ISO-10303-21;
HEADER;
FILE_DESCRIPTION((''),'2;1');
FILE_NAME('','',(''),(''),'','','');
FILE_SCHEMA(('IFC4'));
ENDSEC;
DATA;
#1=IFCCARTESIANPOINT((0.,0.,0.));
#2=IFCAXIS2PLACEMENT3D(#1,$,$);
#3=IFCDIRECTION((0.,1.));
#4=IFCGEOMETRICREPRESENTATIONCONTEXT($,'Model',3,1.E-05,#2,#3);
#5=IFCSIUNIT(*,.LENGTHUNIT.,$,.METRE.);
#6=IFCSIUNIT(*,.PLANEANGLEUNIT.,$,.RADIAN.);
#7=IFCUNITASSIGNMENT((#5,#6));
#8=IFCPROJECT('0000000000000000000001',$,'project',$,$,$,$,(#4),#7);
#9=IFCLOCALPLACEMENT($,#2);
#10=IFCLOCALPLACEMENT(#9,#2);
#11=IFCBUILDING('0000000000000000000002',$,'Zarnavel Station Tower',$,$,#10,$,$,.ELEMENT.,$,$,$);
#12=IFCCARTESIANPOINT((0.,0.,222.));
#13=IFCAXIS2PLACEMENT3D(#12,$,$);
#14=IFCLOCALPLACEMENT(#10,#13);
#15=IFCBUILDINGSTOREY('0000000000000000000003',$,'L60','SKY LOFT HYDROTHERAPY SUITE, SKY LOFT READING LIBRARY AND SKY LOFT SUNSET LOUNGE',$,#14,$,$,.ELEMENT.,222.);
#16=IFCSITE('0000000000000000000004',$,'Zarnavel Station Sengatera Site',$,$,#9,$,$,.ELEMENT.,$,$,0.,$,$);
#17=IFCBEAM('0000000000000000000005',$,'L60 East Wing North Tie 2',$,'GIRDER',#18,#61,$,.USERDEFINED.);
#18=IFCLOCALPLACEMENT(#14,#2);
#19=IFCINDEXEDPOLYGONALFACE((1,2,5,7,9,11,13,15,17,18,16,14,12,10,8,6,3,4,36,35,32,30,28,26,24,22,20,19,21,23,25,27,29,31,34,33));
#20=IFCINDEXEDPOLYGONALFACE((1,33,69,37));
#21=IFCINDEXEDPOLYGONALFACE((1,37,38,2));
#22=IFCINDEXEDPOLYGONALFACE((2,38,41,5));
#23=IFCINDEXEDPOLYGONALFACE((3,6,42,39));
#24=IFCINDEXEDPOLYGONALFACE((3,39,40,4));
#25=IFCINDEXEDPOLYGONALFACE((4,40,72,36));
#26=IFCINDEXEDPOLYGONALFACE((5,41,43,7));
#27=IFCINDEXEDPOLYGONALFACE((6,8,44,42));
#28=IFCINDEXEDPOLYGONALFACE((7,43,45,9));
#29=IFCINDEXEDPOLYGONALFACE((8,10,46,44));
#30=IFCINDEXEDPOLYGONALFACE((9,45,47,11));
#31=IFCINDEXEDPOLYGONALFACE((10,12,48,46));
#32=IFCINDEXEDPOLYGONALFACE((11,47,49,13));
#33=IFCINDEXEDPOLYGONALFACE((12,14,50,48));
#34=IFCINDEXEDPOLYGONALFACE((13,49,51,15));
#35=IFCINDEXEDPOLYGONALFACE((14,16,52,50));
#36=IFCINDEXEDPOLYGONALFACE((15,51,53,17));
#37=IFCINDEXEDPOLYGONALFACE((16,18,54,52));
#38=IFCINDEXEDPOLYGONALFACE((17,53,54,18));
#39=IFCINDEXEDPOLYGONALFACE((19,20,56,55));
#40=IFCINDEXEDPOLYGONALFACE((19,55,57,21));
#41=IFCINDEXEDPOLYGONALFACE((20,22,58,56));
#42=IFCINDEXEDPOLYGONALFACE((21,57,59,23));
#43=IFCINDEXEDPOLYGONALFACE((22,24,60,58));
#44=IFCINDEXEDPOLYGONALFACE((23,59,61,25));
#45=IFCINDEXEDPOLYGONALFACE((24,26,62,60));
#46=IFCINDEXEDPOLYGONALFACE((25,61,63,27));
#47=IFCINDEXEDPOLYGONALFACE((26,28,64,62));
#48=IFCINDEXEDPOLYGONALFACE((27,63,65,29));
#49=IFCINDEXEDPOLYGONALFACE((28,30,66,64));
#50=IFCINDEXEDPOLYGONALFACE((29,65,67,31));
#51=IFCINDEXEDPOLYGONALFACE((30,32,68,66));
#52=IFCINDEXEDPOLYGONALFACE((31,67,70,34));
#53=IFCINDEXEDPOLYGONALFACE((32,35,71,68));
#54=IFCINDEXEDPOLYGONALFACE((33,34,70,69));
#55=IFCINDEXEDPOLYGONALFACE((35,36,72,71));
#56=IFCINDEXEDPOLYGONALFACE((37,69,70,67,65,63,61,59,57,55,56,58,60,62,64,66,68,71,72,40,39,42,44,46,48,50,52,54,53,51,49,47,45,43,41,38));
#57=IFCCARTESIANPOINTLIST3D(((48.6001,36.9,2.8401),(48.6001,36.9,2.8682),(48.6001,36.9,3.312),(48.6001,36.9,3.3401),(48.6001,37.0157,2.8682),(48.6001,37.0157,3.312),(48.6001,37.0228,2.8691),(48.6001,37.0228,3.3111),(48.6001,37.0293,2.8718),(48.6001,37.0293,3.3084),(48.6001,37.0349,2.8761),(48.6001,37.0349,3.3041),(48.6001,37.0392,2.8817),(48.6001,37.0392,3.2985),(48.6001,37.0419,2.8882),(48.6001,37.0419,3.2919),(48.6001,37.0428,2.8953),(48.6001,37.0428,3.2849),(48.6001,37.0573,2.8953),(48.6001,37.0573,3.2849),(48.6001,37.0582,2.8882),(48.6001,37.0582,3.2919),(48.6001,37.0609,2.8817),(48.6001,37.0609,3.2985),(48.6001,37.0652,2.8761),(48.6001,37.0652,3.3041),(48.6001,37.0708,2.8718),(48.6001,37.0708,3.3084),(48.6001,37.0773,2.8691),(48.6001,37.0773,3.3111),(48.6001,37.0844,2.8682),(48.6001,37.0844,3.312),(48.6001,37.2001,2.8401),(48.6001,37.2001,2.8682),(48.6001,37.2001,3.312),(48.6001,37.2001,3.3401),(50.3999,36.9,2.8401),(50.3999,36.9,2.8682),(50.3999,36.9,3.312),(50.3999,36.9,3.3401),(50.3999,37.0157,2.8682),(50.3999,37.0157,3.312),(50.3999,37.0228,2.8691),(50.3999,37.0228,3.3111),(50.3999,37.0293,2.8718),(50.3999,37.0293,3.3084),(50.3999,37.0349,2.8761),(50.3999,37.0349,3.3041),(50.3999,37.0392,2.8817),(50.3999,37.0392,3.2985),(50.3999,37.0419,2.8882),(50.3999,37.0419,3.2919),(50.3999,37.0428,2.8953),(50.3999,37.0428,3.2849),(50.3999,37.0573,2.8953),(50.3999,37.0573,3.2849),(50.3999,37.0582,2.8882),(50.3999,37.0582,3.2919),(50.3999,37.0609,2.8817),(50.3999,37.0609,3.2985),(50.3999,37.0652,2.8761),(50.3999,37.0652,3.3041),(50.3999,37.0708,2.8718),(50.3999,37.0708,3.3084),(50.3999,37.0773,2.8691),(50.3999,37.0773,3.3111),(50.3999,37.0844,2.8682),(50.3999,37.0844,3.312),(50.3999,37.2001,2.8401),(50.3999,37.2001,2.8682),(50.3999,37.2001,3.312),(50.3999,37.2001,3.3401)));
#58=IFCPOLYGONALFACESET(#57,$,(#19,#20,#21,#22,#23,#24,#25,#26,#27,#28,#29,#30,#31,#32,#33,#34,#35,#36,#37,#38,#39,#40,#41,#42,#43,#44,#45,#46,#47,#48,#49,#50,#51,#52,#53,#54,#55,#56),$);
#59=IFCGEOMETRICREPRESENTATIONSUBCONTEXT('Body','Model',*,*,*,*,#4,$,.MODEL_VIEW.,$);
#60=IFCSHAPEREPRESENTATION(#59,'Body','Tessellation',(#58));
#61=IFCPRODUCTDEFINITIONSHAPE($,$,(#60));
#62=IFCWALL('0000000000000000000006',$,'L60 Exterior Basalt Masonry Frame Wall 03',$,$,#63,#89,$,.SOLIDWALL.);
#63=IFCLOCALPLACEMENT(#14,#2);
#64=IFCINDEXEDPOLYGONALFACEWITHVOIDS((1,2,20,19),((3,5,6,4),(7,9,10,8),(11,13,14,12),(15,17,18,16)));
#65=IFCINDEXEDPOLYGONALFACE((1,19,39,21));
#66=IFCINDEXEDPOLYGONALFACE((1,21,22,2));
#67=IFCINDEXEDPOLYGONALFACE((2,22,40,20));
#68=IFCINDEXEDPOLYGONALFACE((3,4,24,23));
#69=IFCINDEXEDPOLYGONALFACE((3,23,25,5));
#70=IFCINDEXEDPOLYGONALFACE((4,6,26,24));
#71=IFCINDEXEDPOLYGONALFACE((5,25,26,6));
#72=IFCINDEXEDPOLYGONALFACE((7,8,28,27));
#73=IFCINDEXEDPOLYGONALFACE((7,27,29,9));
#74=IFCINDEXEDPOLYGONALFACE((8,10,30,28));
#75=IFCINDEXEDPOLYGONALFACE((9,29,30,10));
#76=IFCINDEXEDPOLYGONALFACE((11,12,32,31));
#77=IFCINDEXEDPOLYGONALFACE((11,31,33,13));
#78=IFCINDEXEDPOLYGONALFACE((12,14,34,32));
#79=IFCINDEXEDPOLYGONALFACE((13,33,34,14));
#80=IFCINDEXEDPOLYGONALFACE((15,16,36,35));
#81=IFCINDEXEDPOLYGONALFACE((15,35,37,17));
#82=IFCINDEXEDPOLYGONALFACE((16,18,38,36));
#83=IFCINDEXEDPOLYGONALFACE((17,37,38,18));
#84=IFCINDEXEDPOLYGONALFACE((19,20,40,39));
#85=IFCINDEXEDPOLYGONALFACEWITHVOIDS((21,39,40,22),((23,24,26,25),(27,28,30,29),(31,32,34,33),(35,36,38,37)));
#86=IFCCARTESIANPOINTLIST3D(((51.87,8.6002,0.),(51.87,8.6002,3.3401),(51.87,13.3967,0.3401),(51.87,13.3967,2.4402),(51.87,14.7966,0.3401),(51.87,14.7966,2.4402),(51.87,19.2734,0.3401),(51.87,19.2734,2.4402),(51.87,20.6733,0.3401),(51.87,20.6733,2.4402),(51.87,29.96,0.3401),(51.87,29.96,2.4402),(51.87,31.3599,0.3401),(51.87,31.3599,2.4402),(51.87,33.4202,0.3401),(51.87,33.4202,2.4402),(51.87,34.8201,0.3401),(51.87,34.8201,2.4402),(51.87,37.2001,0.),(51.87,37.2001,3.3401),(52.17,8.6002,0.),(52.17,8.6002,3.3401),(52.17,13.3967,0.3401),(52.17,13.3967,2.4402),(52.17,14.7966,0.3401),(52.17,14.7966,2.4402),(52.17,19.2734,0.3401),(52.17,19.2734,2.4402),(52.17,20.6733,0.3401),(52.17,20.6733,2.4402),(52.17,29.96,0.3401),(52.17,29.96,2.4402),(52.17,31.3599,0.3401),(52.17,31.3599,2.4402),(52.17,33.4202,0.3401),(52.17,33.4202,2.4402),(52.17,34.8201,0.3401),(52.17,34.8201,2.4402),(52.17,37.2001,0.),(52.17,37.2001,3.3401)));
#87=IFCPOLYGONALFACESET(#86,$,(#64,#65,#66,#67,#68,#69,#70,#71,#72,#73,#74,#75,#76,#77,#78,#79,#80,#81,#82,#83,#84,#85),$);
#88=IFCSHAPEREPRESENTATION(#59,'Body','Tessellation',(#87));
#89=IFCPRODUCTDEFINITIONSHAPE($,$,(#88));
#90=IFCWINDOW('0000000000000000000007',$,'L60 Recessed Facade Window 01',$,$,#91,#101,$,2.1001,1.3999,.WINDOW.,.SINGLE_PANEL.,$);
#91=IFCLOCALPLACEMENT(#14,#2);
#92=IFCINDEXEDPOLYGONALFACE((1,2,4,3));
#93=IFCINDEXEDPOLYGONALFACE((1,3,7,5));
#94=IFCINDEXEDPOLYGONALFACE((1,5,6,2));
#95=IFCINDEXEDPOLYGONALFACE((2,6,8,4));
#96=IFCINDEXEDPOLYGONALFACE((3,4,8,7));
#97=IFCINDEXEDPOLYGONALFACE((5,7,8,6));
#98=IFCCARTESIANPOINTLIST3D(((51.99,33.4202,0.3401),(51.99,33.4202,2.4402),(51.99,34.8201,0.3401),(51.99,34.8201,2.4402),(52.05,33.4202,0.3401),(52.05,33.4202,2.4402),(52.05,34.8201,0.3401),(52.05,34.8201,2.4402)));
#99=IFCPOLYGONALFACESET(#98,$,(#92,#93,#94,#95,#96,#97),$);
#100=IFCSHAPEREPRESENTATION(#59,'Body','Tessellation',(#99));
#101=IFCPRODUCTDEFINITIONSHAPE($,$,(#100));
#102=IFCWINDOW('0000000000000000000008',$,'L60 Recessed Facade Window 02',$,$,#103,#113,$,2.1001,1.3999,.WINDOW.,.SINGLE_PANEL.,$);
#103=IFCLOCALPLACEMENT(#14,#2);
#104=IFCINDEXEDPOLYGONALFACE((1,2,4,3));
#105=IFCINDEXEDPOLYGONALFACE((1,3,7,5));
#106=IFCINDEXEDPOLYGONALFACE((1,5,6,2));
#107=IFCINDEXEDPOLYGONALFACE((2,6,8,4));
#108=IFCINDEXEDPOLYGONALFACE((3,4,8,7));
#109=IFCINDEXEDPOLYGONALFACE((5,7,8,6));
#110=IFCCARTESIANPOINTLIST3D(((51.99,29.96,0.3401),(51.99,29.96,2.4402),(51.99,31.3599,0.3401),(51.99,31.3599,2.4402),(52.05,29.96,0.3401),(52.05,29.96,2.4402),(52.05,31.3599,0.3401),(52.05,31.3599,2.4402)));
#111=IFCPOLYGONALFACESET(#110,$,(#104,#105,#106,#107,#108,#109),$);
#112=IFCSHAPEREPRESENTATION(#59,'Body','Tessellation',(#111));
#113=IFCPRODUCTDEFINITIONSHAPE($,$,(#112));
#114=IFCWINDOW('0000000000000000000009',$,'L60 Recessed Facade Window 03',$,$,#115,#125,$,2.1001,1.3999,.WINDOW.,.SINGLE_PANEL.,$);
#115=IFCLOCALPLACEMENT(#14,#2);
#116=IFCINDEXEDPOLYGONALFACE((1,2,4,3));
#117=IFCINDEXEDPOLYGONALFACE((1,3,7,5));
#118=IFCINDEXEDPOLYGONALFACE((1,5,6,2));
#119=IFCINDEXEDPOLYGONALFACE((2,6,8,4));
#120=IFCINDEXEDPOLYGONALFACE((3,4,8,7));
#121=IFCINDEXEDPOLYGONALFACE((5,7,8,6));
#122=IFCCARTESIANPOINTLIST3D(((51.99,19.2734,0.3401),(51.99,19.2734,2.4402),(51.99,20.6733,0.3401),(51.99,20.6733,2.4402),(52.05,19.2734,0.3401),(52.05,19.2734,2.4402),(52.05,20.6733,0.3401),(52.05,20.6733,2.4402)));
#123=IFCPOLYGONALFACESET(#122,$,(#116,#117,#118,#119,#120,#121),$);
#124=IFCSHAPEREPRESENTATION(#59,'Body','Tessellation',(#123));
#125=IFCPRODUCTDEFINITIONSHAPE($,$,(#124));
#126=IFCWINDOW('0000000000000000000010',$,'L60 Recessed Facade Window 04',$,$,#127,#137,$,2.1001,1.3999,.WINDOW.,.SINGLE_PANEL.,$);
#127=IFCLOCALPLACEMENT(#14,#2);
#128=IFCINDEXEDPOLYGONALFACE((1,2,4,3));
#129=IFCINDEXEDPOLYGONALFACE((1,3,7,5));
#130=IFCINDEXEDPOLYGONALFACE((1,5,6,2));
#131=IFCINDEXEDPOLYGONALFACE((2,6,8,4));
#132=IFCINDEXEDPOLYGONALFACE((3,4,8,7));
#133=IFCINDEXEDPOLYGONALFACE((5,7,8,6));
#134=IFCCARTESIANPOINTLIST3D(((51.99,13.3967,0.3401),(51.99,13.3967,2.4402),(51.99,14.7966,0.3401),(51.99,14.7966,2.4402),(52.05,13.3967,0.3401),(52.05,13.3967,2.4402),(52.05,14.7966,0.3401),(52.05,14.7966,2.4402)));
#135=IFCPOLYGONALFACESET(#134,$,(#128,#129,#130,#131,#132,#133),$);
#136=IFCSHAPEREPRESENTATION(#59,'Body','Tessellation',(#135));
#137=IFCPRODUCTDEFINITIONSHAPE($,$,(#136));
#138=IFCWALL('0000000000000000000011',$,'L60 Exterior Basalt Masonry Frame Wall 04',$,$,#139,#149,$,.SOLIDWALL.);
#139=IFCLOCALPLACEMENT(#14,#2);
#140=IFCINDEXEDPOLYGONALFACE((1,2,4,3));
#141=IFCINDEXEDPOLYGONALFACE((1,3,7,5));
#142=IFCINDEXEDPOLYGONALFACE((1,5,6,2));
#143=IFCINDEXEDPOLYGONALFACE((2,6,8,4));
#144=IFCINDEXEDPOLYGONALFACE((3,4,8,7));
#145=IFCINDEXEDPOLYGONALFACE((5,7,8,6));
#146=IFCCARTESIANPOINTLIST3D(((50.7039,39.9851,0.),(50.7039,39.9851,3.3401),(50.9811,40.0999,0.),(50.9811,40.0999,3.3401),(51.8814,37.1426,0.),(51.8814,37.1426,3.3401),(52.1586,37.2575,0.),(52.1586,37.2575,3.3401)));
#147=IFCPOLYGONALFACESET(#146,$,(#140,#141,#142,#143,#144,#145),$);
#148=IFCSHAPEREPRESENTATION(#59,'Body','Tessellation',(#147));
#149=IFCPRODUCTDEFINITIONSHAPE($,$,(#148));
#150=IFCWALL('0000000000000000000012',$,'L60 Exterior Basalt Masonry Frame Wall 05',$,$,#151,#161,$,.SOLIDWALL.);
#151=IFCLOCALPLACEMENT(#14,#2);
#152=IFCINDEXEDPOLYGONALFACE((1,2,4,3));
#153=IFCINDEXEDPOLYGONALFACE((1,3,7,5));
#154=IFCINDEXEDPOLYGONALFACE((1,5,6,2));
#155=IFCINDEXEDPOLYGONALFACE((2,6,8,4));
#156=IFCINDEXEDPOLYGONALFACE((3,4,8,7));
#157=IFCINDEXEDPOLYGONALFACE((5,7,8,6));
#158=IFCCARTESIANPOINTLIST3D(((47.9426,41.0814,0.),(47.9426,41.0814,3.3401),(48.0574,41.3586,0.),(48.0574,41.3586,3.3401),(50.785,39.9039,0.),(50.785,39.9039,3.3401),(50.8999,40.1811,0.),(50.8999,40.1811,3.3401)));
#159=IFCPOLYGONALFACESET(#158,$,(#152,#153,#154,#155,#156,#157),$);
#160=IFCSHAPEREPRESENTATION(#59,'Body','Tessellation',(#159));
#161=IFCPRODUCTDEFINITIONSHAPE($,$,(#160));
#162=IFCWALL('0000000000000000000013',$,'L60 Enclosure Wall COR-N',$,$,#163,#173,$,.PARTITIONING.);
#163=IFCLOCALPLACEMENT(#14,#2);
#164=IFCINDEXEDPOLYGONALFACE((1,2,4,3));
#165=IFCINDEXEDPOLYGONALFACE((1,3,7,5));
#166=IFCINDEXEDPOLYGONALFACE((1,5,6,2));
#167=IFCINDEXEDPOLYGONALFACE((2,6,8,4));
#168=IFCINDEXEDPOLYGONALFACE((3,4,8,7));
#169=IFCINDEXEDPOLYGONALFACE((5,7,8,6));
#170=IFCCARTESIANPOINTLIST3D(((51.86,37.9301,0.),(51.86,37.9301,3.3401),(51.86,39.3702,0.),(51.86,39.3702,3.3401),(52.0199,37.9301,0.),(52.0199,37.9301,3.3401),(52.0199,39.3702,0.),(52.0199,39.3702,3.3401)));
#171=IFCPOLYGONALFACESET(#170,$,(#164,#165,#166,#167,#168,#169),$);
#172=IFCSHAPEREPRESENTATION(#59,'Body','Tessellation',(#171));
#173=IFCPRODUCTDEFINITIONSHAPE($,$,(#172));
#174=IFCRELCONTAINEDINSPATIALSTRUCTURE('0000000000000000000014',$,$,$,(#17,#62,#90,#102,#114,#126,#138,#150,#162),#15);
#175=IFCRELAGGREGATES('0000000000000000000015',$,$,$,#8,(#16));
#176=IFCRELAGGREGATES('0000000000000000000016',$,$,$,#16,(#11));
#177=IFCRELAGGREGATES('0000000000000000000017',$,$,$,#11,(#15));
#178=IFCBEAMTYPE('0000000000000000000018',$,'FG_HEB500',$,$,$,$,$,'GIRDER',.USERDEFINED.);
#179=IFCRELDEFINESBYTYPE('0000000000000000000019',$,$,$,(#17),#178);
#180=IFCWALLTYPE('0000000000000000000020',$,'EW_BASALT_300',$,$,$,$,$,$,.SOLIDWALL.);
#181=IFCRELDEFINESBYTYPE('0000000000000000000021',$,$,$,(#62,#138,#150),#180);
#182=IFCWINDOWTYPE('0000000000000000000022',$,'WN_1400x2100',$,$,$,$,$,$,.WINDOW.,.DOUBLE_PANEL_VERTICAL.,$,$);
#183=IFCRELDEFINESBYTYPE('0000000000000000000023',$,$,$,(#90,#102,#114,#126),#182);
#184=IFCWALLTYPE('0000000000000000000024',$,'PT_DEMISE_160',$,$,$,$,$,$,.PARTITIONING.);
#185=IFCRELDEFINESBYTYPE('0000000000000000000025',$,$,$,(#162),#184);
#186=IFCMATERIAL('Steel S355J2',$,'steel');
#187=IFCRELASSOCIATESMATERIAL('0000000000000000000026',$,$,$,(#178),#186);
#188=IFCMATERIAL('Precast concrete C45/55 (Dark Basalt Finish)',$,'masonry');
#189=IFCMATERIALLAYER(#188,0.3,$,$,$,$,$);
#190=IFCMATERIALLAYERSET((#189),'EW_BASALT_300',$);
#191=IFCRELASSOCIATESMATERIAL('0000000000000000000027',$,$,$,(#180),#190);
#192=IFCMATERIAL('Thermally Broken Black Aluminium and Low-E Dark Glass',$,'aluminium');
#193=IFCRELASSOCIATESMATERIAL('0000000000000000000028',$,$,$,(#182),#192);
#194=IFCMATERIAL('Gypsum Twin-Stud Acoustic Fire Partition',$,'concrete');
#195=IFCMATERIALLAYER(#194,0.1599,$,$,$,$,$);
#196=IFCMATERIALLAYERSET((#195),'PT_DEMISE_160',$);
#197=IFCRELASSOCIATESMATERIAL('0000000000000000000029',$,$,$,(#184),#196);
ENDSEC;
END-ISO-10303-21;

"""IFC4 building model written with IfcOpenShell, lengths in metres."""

from ifc_helpers import new_model, si_unit, direction, frame, frame_2d, origin, origin_2d, place, context, subcontext, project, spatial, rectangle, i_section, extrude, material, layer, layer_set, material_profile, profile_set, type_object, element, fill, save


model = new_model("IFC4")

# Units and contexts
model_context = context("Model", 3, precision=1e-05, world=origin(), true_north=direction((0.0, 1.0)))
body_context = subcontext(model_context, "Body", "Model", "MODEL_VIEW")
ifc_project = project(units=[si_unit("LENGTHUNIT", "METRE"), si_unit("PLANEANGLEUNIT", "RADIAN")], contexts=[model_context])

# Site, building, storey
site_placement = place(None, origin())
site = spatial("IfcSite", under=ifc_project, at=site_placement, Name="Zarnavel Station Sengatera Site", CompositionType="ELEMENT", RefElevation=0.0)
building_placement = place(site_placement, origin())
building = spatial("IfcBuilding", under=site, at=building_placement, Name="Zarnavel Station Tower", CompositionType="ELEMENT")
storey_placement = place(building_placement, frame((0.0, 0.0, 222.0)))
storey = spatial("IfcBuildingStorey", under=building, at=storey_placement, Name="L60", Description="SKY LOFT HYDROTHERAPY SUITE, SKY LOFT READING LIBRARY AND SKY LOFT SUNSET LOUNGE", CompositionType="ELEMENT", Elevation=222.0)

# Beam
ifc_material_1 = material(Name="Steel S355J2", Category="steel")
ifc_material_profile_1 = material_profile(ifc_material_1, i_section(OverallWidth=0.3, OverallDepth=0.5, WebThickness=0.0144, FlangeThickness=0.0281, FilletRadius=0.0271, at=origin_2d()), Name="HEB500")
ifc_profile_set_1 = profile_set([ifc_material_profile_1], Name="Steel S355J2")
beam_type = type_object("IfcBeamType", Name="FG_HEB500", ElementType="GIRDER", PredefinedType="USERDEFINED", material=ifc_profile_set_1)
beam_1_placement = place(storey_placement, frame((48.6001, 37.05, 3.0901), z_axis=(1.0, 0.0, 0.0), x_axis=(0.0, 1.0, 0.0)))
element("IfcBeam", 1, at=beam_1_placement, inside=storey, type_object=beam_type, Name="L60 East Wing North Tie 2", ObjectType="GIRDER", PredefinedType="USERDEFINED", context=body_context, shape_type="SweptSolid", body=[
    extrude(i_section(OverallWidth=0.3, OverallDepth=0.5, WebThickness=0.0144, FlangeThickness=0.0281, FilletRadius=0.0271, at=origin_2d()), origin(), (0.0, 0.0, 1.0), 1.7998),
])

# Wall, openings, windows
ifc_material_2 = material(Name="Precast concrete C45/55 (Dark Basalt Finish)", Category="masonry")
ifc_layer_1 = layer(ifc_material_2, 0.3)
ifc_layer_set_1 = layer_set([ifc_layer_1], Name="EW_BASALT_300")
wall_type_1 = type_object("IfcWallType", Name="EW_BASALT_300", PredefinedType="SOLIDWALL", material=ifc_layer_set_1)
wall_1_placement = place(storey_placement, frame((52.02, 37.2, 0.0), z_axis=(0.0, 0.0, 1.0), x_axis=(0.0, -1.0, 0.0)))
wall_1 = element("IfcWall", 2, at=wall_1_placement, inside=storey, type_object=wall_type_1, Name="L60 Exterior Basalt Masonry Frame Wall 03", PredefinedType="SOLIDWALL", context=body_context, shape_type="SweptSolid", body=[
    extrude(rectangle(XDim=28.5999, YDim=0.3, at=frame_2d((14.2998, 0.0))), origin(), (0.0, 0.0, 1.0), 3.3401),
])
opening_1_placement = place(wall_1_placement, frame((2.3799, 0.0, 0.3401)))
opening_1 = element("IfcOpeningElement", 3, at=opening_1_placement, cuts=wall_1, PredefinedType="OPENING", context=body_context, shape_type="SweptSolid", body=[
    extrude(rectangle(XDim=1.3999, YDim=2.1001, at=frame_2d((0.7, 1.05))), frame((0.0, 0.1599, 0.0), z_axis=(0.0, -1.0, 0.0), x_axis=(1.0, 0.0, 0.0)), (0.0, 0.0, 1.0), 0.3201),
])
opening_2_placement = place(wall_1_placement, frame((5.8401, 0.0, 0.3401)))
opening_2 = element("IfcOpeningElement", 4, at=opening_2_placement, cuts=wall_1, PredefinedType="OPENING", context=body_context, shape_type="SweptSolid", body=[
    extrude(rectangle(XDim=1.3999, YDim=2.1001, at=frame_2d((0.7, 1.05))), frame((0.0, 0.1599, 0.0), z_axis=(0.0, -1.0, 0.0), x_axis=(1.0, 0.0, 0.0)), (0.0, 0.0, 1.0), 0.3201),
])
opening_3_placement = place(wall_1_placement, frame((16.5266, 0.0, 0.3401)))
opening_3 = element("IfcOpeningElement", 5, at=opening_3_placement, cuts=wall_1, PredefinedType="OPENING", context=body_context, shape_type="SweptSolid", body=[
    extrude(rectangle(XDim=1.3999, YDim=2.1001, at=frame_2d((0.7, 1.05))), frame((0.0, 0.1599, 0.0), z_axis=(0.0, -1.0, 0.0), x_axis=(1.0, 0.0, 0.0)), (0.0, 0.0, 1.0), 0.3201),
])
opening_4_placement = place(wall_1_placement, frame((22.4033, 0.0, 0.3401)))
opening_4 = element("IfcOpeningElement", 6, at=opening_4_placement, cuts=wall_1, PredefinedType="OPENING", context=body_context, shape_type="SweptSolid", body=[
    extrude(rectangle(XDim=1.3999, YDim=2.1001, at=frame_2d((0.7, 1.05))), frame((0.0, 0.1599, 0.0), z_axis=(0.0, -1.0, 0.0), x_axis=(1.0, 0.0, 0.0)), (0.0, 0.0, 1.0), 0.3201),
])
ifc_material_3 = material(Name="Thermally Broken Black Aluminium and Low-E Dark Glass", Category="aluminium")
window_type = type_object("IfcWindowType", Name="WN_1400x2100", PartitioningType="DOUBLE_PANEL_VERTICAL", PredefinedType="WINDOW", material=ifc_material_3)
window_1_placement = place(opening_1_placement, origin())
window_1 = element("IfcWindow", 7, at=window_1_placement, inside=storey, type_object=window_type, Name="L60 Recessed Facade Window 01", OverallHeight=2.1001, OverallWidth=1.3999, PartitioningType="SINGLE_PANEL", PredefinedType="WINDOW", context=body_context, shape_type="SweptSolid", body=[
    extrude(rectangle(XDim=1.3999, YDim=2.1001, at=frame_2d((0.7, 1.05))), frame((0.0, 0.03, 0.0), z_axis=(0.0, -1.0, 0.0), x_axis=(1.0, 0.0, 0.0)), (0.0, 0.0, 1.0), 0.0601),
])
fill(opening_1, window_1)
window_2_placement = place(opening_2_placement, origin())
window_2 = element("IfcWindow", 8, at=window_2_placement, inside=storey, type_object=window_type, Name="L60 Recessed Facade Window 02", OverallHeight=2.1001, OverallWidth=1.3999, PartitioningType="SINGLE_PANEL", PredefinedType="WINDOW", context=body_context, shape_type="SweptSolid", body=[
    extrude(rectangle(XDim=1.3999, YDim=2.1001, at=frame_2d((0.7, 1.05))), frame((0.0, 0.03, 0.0), z_axis=(0.0, -1.0, 0.0), x_axis=(1.0, 0.0, 0.0)), (0.0, 0.0, 1.0), 0.0601),
])
fill(opening_2, window_2)
window_3_placement = place(opening_3_placement, origin())
window_3 = element("IfcWindow", 9, at=window_3_placement, inside=storey, type_object=window_type, Name="L60 Recessed Facade Window 03", OverallHeight=2.1001, OverallWidth=1.3999, PartitioningType="SINGLE_PANEL", PredefinedType="WINDOW", context=body_context, shape_type="SweptSolid", body=[
    extrude(rectangle(XDim=1.3999, YDim=2.1001, at=frame_2d((0.7, 1.05))), frame((0.0, 0.03, 0.0), z_axis=(0.0, -1.0, 0.0), x_axis=(1.0, 0.0, 0.0)), (0.0, 0.0, 1.0), 0.0601),
])
fill(opening_3, window_3)
window_4_placement = place(opening_4_placement, origin())
window_4 = element("IfcWindow", 10, at=window_4_placement, inside=storey, type_object=window_type, Name="L60 Recessed Facade Window 04", OverallHeight=2.1001, OverallWidth=1.3999, PartitioningType="SINGLE_PANEL", PredefinedType="WINDOW", context=body_context, shape_type="SweptSolid", body=[
    extrude(rectangle(XDim=1.3999, YDim=2.1001, at=frame_2d((0.7, 1.05))), frame((0.0, 0.03, 0.0), z_axis=(0.0, -1.0, 0.0), x_axis=(1.0, 0.0, 0.0)), (0.0, 0.0, 1.0), 0.0601),
])
fill(opening_4, window_4)

# Walls
for number, where, z_axis, x_axis, name in (
    (11, (50.8425, 40.0425, 0.0), (0.0, 0.0, 1.0), (0.382705, -0.923871, 0.0), "L60 Exterior Basalt Masonry Frame Wall 04"),
    (12, (48.0, 41.22, 0.0), (0.0, 0.0, 1.0), (0.923871, -0.382705, 0.0), "L60 Exterior Basalt Masonry Frame Wall 05"),
):
    element("IfcWall", number, at=place(storey_placement, frame(where, z_axis=z_axis, x_axis=x_axis)), inside=storey, type_object=wall_type_1, Name=name, PredefinedType="SOLIDWALL", context=body_context, shape_type="SweptSolid", body=[
        extrude(rectangle(XDim=3.0767, YDim=0.3, at=frame_2d((1.5383, 0.0))), origin(), (0.0, 0.0, 1.0), 3.3401),
    ])
ifc_material_4 = material(Name="Gypsum Twin-Stud Acoustic Fire Partition", Category="concrete")
ifc_layer_2 = layer(ifc_material_4, 0.1599)
ifc_layer_set_2 = layer_set([ifc_layer_2], Name="PT_DEMISE_160")
wall_type_2 = type_object("IfcWallType", Name="PT_DEMISE_160", PredefinedType="PARTITIONING", material=ifc_layer_set_2)
wall_2_placement = place(storey_placement, frame((51.9399, 37.9299, 0.0), z_axis=(0.0, 0.0, 1.0), x_axis=(0.0, 1.0, 0.0)))
element("IfcWall", 13, at=wall_2_placement, inside=storey, type_object=wall_type_2, Name="L60 Enclosure Wall COR-N", PredefinedType="PARTITIONING", context=body_context, shape_type="SweptSolid", body=[
    extrude(rectangle(XDim=1.4402, YDim=0.1599, at=frame_2d((0.7202, 0.0))), origin(), (0.0, 0.0, 1.0), 3.3401),
])

save(model, "model.ifc")
